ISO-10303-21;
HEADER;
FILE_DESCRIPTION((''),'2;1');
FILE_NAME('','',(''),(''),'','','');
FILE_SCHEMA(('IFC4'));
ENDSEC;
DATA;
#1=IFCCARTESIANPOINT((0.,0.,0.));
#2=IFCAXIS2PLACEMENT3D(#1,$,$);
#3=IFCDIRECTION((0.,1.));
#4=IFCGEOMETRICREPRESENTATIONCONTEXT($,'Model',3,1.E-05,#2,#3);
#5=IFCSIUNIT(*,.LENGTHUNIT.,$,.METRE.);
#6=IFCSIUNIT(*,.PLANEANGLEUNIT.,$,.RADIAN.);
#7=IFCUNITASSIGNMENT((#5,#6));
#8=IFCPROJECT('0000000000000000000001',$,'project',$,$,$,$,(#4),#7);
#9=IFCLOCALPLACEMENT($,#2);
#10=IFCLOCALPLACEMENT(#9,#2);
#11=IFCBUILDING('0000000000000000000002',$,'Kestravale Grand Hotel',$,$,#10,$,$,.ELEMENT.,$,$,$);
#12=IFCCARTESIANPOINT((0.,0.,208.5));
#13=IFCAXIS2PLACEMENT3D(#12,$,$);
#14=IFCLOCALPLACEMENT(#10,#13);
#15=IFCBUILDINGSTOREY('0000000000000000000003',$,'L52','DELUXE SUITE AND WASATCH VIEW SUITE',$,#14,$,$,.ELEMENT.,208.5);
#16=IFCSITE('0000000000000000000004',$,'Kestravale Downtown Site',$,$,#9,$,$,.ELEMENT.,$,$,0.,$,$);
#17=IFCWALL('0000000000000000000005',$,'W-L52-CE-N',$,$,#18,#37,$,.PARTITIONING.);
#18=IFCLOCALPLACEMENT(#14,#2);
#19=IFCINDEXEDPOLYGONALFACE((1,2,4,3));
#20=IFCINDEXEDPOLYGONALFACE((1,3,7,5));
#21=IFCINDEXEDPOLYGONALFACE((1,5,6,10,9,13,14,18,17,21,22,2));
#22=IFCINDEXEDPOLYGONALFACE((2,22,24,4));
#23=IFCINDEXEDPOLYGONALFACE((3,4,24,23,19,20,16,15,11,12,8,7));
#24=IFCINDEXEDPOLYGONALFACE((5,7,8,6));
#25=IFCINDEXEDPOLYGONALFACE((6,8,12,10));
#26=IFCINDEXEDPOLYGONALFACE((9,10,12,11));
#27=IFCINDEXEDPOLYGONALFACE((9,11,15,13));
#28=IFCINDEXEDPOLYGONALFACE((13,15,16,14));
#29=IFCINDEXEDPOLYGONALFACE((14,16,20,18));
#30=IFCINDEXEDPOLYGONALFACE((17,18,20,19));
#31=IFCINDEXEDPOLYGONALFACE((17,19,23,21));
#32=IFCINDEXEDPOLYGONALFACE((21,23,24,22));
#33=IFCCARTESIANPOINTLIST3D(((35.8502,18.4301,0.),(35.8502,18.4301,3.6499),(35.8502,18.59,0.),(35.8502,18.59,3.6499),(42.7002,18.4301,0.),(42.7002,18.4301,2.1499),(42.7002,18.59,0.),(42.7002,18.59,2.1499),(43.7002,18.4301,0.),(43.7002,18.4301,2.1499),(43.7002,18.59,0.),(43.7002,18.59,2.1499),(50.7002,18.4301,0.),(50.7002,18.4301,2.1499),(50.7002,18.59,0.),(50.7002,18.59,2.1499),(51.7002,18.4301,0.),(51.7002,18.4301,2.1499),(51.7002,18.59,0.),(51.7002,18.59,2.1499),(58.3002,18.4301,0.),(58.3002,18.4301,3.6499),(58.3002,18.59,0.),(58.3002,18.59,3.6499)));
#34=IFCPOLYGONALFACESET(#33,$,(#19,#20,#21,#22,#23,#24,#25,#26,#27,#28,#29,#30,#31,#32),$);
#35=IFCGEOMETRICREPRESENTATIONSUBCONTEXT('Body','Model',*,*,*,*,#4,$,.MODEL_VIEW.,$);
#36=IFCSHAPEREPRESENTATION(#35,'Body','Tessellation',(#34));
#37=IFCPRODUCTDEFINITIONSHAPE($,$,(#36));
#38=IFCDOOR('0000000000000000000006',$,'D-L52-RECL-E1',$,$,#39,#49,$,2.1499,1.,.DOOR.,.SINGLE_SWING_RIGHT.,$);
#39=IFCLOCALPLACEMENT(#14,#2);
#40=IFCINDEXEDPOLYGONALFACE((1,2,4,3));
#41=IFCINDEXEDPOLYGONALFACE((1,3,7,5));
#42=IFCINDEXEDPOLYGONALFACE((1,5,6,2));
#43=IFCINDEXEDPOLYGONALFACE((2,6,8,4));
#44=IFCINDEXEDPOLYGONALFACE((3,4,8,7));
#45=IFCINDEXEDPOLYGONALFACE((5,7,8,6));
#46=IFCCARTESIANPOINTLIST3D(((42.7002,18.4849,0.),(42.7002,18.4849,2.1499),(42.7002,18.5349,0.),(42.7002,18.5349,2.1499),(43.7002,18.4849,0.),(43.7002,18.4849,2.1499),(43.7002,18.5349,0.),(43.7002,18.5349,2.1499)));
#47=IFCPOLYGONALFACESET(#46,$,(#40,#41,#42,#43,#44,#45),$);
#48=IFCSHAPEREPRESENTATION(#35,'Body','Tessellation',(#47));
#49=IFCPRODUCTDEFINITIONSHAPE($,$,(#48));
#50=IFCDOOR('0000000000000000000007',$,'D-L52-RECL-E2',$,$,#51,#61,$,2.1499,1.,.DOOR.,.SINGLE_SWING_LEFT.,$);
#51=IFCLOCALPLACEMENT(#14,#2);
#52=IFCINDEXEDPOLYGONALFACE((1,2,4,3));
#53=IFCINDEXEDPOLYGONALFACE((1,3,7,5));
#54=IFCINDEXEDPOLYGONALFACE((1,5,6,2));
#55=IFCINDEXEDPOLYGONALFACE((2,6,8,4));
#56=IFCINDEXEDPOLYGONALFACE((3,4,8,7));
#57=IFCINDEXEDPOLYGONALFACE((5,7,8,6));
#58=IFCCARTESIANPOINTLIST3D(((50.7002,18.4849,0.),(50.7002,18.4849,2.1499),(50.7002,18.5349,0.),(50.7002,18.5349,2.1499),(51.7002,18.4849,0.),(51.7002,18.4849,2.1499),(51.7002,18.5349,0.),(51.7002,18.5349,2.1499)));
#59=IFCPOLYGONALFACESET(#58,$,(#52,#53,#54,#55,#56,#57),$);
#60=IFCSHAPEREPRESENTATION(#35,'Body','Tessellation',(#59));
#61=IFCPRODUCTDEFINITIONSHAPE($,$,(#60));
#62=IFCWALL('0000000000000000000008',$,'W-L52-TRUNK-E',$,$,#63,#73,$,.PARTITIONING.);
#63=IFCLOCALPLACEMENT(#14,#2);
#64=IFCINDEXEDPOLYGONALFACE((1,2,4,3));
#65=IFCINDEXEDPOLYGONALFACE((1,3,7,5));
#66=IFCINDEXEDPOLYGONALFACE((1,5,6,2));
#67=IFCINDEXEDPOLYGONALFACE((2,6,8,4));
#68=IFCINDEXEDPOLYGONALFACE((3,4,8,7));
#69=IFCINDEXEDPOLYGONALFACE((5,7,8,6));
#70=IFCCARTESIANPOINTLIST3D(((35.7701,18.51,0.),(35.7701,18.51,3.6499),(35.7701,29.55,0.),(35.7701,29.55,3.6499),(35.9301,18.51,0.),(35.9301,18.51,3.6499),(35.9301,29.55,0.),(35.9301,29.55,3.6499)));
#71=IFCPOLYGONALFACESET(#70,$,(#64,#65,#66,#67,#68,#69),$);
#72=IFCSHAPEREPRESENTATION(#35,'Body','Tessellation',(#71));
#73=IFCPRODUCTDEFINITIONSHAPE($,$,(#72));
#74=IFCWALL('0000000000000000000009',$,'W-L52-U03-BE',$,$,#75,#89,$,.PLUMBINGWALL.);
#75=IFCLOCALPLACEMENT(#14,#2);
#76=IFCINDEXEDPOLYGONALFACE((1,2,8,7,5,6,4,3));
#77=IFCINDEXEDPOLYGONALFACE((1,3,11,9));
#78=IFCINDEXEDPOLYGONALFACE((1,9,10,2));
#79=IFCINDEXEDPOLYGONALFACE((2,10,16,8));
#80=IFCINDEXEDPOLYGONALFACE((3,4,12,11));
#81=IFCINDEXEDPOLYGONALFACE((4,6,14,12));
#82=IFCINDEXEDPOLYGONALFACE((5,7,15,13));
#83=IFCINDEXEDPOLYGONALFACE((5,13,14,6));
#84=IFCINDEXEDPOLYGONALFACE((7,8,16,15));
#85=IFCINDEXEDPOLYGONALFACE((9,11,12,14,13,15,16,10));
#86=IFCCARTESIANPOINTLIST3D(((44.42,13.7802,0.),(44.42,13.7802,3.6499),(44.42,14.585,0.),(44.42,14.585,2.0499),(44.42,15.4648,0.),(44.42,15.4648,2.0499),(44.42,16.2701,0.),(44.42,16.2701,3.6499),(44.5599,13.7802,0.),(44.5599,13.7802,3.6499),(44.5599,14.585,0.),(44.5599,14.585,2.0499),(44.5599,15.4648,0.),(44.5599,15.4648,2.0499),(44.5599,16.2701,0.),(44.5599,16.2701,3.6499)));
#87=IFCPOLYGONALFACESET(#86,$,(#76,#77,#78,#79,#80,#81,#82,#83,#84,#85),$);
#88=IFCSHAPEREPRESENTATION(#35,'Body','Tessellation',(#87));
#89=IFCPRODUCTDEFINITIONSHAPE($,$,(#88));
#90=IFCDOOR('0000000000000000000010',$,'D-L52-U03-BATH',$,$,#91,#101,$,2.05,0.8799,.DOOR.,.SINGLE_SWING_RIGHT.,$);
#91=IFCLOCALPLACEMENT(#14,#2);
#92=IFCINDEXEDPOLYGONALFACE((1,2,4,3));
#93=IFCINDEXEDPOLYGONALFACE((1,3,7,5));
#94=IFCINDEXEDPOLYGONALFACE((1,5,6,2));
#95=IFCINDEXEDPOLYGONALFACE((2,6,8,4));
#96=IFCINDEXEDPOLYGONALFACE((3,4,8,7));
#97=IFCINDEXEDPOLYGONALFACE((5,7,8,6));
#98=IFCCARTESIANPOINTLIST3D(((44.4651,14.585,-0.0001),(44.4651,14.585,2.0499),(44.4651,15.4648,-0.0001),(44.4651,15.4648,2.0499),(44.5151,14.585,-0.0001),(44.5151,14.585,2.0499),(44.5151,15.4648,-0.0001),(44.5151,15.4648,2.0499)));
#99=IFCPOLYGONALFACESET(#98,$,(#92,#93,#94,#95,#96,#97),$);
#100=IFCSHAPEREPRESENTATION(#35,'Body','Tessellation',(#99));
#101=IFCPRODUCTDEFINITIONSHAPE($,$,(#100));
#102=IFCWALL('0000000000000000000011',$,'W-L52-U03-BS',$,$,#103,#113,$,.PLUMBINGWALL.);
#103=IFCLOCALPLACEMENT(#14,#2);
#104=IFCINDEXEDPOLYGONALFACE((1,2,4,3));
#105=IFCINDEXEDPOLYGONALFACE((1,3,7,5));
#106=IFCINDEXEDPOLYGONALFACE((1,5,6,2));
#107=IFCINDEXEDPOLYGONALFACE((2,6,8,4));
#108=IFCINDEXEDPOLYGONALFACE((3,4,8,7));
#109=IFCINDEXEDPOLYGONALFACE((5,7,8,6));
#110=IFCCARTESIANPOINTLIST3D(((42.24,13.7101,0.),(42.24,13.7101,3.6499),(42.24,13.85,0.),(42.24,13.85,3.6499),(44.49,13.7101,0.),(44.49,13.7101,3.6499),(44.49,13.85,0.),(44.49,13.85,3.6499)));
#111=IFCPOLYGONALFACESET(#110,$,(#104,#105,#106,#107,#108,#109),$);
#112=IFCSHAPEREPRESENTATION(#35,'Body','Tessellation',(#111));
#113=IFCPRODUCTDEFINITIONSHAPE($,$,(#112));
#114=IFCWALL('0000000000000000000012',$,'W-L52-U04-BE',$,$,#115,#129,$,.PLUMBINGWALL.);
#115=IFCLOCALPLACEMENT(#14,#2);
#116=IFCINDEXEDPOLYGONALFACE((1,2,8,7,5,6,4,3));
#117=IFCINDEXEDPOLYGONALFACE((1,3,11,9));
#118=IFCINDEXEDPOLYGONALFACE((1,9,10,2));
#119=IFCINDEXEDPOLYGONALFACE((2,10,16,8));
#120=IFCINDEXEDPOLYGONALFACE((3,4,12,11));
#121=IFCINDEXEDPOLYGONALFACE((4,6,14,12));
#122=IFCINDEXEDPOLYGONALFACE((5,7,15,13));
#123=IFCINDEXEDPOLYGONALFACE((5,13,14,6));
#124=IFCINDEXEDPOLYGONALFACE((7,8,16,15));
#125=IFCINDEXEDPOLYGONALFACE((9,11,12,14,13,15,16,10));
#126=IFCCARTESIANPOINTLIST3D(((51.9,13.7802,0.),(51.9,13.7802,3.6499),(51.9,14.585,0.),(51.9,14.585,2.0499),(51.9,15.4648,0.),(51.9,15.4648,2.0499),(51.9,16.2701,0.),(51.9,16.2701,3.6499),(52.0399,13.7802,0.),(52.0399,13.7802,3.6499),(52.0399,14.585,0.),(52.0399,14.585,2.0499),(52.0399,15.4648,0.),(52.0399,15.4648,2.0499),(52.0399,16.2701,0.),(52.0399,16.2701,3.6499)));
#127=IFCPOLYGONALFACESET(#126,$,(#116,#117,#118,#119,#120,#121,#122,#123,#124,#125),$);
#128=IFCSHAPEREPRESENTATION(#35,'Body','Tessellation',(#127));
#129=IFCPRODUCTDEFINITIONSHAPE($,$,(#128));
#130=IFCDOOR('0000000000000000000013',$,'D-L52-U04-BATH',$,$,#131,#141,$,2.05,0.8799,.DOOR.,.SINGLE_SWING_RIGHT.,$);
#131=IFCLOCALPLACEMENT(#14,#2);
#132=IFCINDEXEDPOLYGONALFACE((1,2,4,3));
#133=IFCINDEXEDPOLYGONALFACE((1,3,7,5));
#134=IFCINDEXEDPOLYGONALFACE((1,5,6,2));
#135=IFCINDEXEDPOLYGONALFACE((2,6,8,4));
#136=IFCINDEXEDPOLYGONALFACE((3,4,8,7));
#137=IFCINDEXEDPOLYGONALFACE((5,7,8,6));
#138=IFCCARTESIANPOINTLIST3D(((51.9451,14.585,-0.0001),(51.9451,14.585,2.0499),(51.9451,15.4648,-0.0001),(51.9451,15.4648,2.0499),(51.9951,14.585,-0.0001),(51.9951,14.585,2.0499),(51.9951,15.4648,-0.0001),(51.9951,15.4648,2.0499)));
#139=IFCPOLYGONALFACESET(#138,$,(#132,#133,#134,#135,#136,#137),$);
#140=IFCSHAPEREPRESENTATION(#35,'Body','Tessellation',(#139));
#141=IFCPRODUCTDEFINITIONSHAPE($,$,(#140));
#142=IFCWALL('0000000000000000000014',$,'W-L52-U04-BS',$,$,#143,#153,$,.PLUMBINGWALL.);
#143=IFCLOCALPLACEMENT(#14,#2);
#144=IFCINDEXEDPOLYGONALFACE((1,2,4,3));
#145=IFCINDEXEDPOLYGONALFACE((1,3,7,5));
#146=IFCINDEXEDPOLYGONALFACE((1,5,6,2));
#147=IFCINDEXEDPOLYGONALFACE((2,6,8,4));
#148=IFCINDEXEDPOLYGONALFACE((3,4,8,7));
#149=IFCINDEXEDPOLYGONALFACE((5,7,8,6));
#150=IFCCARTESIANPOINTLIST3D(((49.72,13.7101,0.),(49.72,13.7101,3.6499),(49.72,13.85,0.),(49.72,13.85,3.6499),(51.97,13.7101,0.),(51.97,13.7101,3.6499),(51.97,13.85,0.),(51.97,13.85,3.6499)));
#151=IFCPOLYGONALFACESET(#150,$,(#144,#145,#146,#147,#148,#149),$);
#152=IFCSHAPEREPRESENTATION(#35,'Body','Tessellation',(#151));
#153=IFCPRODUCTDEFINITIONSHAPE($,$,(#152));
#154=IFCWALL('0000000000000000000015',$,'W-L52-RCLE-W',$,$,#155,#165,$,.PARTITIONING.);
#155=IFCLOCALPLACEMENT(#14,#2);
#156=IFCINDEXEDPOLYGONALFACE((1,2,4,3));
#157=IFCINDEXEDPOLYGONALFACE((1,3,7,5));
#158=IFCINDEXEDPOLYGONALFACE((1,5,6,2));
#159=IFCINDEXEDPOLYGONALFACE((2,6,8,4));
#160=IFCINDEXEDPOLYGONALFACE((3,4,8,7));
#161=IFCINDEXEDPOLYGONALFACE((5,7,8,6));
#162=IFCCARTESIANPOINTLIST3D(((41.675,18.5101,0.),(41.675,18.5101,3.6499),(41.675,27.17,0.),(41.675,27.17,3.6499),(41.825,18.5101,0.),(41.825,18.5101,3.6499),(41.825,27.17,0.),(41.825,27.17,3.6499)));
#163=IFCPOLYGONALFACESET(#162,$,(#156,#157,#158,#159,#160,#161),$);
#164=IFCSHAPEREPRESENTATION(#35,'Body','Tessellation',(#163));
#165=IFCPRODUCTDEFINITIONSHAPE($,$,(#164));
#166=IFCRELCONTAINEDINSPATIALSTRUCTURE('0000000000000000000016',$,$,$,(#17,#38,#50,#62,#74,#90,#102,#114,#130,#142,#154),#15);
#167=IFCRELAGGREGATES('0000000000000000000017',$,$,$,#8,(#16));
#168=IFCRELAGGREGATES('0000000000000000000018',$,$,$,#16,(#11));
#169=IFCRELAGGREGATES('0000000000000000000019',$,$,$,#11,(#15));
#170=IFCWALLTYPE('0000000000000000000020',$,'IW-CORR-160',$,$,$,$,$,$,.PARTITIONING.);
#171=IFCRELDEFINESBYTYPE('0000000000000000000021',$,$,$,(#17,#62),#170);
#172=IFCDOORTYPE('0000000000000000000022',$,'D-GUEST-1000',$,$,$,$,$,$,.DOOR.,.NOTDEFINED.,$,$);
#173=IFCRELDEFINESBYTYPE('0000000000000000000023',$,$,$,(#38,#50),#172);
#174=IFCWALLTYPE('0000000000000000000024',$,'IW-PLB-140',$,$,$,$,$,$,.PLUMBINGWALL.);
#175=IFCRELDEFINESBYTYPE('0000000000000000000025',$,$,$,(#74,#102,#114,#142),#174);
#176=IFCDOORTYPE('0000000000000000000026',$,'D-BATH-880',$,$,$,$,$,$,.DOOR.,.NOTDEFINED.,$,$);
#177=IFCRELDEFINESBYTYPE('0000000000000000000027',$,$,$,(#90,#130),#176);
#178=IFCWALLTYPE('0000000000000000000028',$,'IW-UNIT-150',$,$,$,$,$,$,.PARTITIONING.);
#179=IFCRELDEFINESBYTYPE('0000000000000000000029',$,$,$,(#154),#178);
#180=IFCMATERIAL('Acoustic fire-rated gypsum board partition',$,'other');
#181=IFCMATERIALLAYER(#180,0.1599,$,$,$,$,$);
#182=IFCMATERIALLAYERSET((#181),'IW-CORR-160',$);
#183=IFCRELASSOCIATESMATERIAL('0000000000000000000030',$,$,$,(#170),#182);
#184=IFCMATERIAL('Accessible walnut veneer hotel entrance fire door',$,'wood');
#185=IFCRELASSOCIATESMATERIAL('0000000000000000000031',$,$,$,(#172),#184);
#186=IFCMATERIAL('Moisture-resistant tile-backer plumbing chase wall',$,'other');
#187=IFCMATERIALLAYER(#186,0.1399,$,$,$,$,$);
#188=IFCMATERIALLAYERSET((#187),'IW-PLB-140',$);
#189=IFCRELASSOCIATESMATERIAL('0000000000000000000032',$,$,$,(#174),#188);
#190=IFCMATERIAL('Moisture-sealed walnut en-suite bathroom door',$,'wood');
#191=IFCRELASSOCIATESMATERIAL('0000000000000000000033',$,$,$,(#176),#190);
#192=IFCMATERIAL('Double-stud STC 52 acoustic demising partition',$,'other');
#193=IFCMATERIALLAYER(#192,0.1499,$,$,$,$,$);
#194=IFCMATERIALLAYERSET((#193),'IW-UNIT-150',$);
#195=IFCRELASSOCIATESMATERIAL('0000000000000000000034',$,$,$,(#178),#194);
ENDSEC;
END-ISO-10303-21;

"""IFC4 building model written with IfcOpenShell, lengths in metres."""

from ifc_helpers import new_model, si_unit, direction, frame, frame_2d, origin, place, context, subcontext, project, spatial, rectangle, extrude, material, layer, layer_set, type_object, element, fill, save


model = new_model("IFC4")

# Units and contexts
model_context = context("Model", 3, precision=1e-05, world=origin(), true_north=direction((0.0, 1.0)))
body_context = subcontext(model_context, "Body", "Model", "MODEL_VIEW")
ifc_project = project(units=[si_unit("LENGTHUNIT", "METRE"), si_unit("PLANEANGLEUNIT", "RADIAN")], contexts=[model_context])

# Site, building, storey
site_placement = place(None, origin())
site = spatial("IfcSite", under=ifc_project, at=site_placement, Name="Kestravale Downtown Site", CompositionType="ELEMENT", RefElevation=0.0)
building_placement = place(site_placement, origin())
building = spatial("IfcBuilding", under=site, at=building_placement, Name="Kestravale Grand Hotel", CompositionType="ELEMENT")
storey_placement = place(building_placement, frame((0.0, 0.0, 208.5)))
storey = spatial("IfcBuildingStorey", under=building, at=storey_placement, Name="L52", Description="DELUXE SUITE AND WASATCH VIEW SUITE", CompositionType="ELEMENT", Elevation=208.5)

# Wall, openings, doors
ifc_material_1 = material(Name="Acoustic fire-rated gypsum board partition", Category="other")
ifc_layer_1 = layer(ifc_material_1, 0.1599)
ifc_layer_set_1 = layer_set([ifc_layer_1], Name="IW-CORR-160")
wall_type_1 = type_object("IfcWallType", Name="IW-CORR-160", PredefinedType="PARTITIONING", material=ifc_layer_set_1)
wall_1_placement = place(storey_placement, frame((35.8501, 18.51, 0.0), z_axis=(0.0, 0.0, 1.0), x_axis=(1.0, 0.0, 0.0)))
wall_1 = element("IfcWall", 1, at=wall_1_placement, inside=storey, type_object=wall_type_1, Name="W-L52-CE-N", PredefinedType="PARTITIONING", context=body_context, shape_type="SweptSolid", body=[
    extrude(rectangle(XDim=22.45, YDim=0.1599, at=frame_2d((11.2251, 0.0))), origin(), (0.0, 0.0, 1.0), 3.6499),
])
opening_1_placement = place(wall_1_placement, frame((6.8501, 0.0, 0.0)))
opening_1 = element("IfcOpeningElement", 2, at=opening_1_placement, cuts=wall_1, PredefinedType="OPENING", context=body_context, shape_type="SweptSolid", body=[
    extrude(rectangle(XDim=1.0, YDim=2.1499, at=frame_2d((0.5, 1.075))), frame((0.0, 0.0898, 0.0), z_axis=(0.0, -1.0, 0.0), x_axis=(1.0, 0.0, 0.0)), (0.0, 0.0, 1.0), 0.1799),
])
opening_2_placement = place(wall_1_placement, frame((14.8501, 0.0, 0.0)))
opening_2 = element("IfcOpeningElement", 3, at=opening_2_placement, cuts=wall_1, PredefinedType="OPENING", context=body_context, shape_type="SweptSolid", body=[
    extrude(rectangle(XDim=1.0, YDim=2.1499, at=frame_2d((0.5, 1.075))), frame((0.0, 0.0898, 0.0), z_axis=(0.0, -1.0, 0.0), x_axis=(1.0, 0.0, 0.0)), (0.0, 0.0, 1.0), 0.1799),
])
ifc_material_2 = material(Name="Accessible walnut veneer hotel entrance fire door", Category="wood")
door_type_1 = type_object("IfcDoorType", Name="D-GUEST-1000", OperationType="NOTDEFINED", PredefinedType="DOOR", material=ifc_material_2)
door_1_placement = place(opening_1_placement, origin())
door_1 = element("IfcDoor", 4, at=door_1_placement, inside=storey, type_object=door_type_1, Name="D-L52-RECL-E1", OperationType="SINGLE_SWING_RIGHT", OverallHeight=2.1499, OverallWidth=1.0, PredefinedType="DOOR", context=body_context, shape_type="SweptSolid", body=[
    extrude(rectangle(XDim=1.0, YDim=2.1499, at=frame_2d((0.5, 1.075))), frame((0.0, 0.0249, 0.0), z_axis=(0.0, -1.0, 0.0), x_axis=(1.0, 0.0, 0.0)), (0.0, 0.0, 1.0), 0.05),
])
fill(opening_1, door_1)
door_2_placement = place(opening_2_placement, origin())
door_2 = element("IfcDoor", 5, at=door_2_placement, inside=storey, type_object=door_type_1, Name="D-L52-RECL-E2", OperationType="SINGLE_SWING_LEFT", OverallHeight=2.1499, OverallWidth=1.0, PredefinedType="DOOR", context=body_context, shape_type="SweptSolid", body=[
    extrude(rectangle(XDim=1.0, YDim=2.1499, at=frame_2d((0.5, 1.075))), frame((0.0, 0.0249, 0.0), z_axis=(0.0, -1.0, 0.0), x_axis=(1.0, 0.0, 0.0)), (0.0, 0.0, 1.0), 0.05),
])
fill(opening_2, door_2)

# Wall
wall_2_placement = place(storey_placement, frame((35.8501, 18.51, 0.0), z_axis=(0.0, 0.0, 1.0), x_axis=(0.0, 1.0, 0.0)))
element("IfcWall", 6, at=wall_2_placement, inside=storey, type_object=wall_type_1, Name="W-L52-TRUNK-E", PredefinedType="PARTITIONING", context=body_context, shape_type="SweptSolid", body=[
    extrude(rectangle(XDim=11.04, YDim=0.1599, at=frame_2d((5.52, 0.0))), origin(), (0.0, 0.0, 1.0), 3.6499),
])

# Wall, opening, door
ifc_material_3 = material(Name="Moisture-resistant tile-backer plumbing chase wall", Category="other")
ifc_layer_2 = layer(ifc_material_3, 0.1399)
ifc_layer_set_2 = layer_set([ifc_layer_2], Name="IW-PLB-140")
wall_type_2 = type_object("IfcWallType", Name="IW-PLB-140", PredefinedType="PLUMBINGWALL", material=ifc_layer_set_2)
wall_3_placement = place(storey_placement, frame((44.49, 13.78, 0.0), z_axis=(0.0, 0.0, 1.0), x_axis=(0.0, 1.0, 0.0)))
wall_3 = element("IfcWall", 7, at=wall_3_placement, inside=storey, type_object=wall_type_2, Name="W-L52-U03-BE", PredefinedType="PLUMBINGWALL", context=body_context, shape_type="SweptSolid", body=[
    extrude(rectangle(XDim=2.49, YDim=0.1399, at=frame_2d((1.2451, 0.0))), origin(), (0.0, 0.0, 1.0), 3.6499),
])
opening_3_placement = place(wall_3_placement, frame((0.8049, 0.0, 0.0)))
opening_3 = element("IfcOpeningElement", 8, at=opening_3_placement, cuts=wall_3, PredefinedType="OPENING", context=body_context, shape_type="SweptSolid", body=[
    extrude(rectangle(XDim=0.8799, YDim=2.05, at=frame_2d((0.4399, 1.0249))), frame((0.0, 0.0798, 0.0), z_axis=(0.0, -1.0, 0.0), x_axis=(1.0, 0.0, 0.0)), (0.0, 0.0, 1.0), 0.1599),
])
ifc_material_4 = material(Name="Moisture-sealed walnut en-suite bathroom door", Category="wood")
door_type_2 = type_object("IfcDoorType", Name="D-BATH-880", OperationType="NOTDEFINED", PredefinedType="DOOR", material=ifc_material_4)
door_3_placement = place(opening_3_placement, origin())
door_3 = element("IfcDoor", 9, at=door_3_placement, inside=storey, type_object=door_type_2, Name="D-L52-U03-BATH", OperationType="SINGLE_SWING_RIGHT", OverallHeight=2.05, OverallWidth=0.8799, PredefinedType="DOOR", context=body_context, shape_type="SweptSolid", body=[
    extrude(rectangle(XDim=0.8799, YDim=2.05, at=frame_2d((0.4399, 1.0249))), frame((0.0, 0.0249, 0.0), z_axis=(0.0, -1.0, 0.0), x_axis=(1.0, 0.0, 0.0)), (0.0, 0.0, 1.0), 0.05),
])
fill(opening_3, door_3)

# Wall
wall_4_placement = place(storey_placement, frame((42.24, 13.78, 0.0), z_axis=(0.0, 0.0, 1.0), x_axis=(1.0, 0.0, 0.0)))
element("IfcWall", 10, at=wall_4_placement, inside=storey, type_object=wall_type_2, Name="W-L52-U03-BS", PredefinedType="PLUMBINGWALL", context=body_context, shape_type="SweptSolid", body=[
    extrude(rectangle(XDim=2.25, YDim=0.1399, at=frame_2d((1.125, 0.0))), origin(), (0.0, 0.0, 1.0), 3.6499),
])

# Wall, opening, door
wall_5_placement = place(storey_placement, frame((51.97, 13.78, 0.0), z_axis=(0.0, 0.0, 1.0), x_axis=(0.0, 1.0, 0.0)))
wall_5 = element("IfcWall", 11, at=wall_5_placement, inside=storey, type_object=wall_type_2, Name="W-L52-U04-BE", PredefinedType="PLUMBINGWALL", context=body_context, shape_type="SweptSolid", body=[
    extrude(rectangle(XDim=2.49, YDim=0.1399, at=frame_2d((1.2451, 0.0))), origin(), (0.0, 0.0, 1.0), 3.6499),
])
opening_4_placement = place(wall_5_placement, frame((0.8049, 0.0, 0.0)))
opening_4 = element("IfcOpeningElement", 12, at=opening_4_placement, cuts=wall_5, PredefinedType="OPENING", context=body_context, shape_type="SweptSolid", body=[
    extrude(rectangle(XDim=0.8799, YDim=2.05, at=frame_2d((0.4399, 1.0249))), frame((0.0, 0.0798, 0.0), z_axis=(0.0, -1.0, 0.0), x_axis=(1.0, 0.0, 0.0)), (0.0, 0.0, 1.0), 0.1599),
])
door_4_placement = place(opening_4_placement, origin())
door_4 = element("IfcDoor", 13, at=door_4_placement, inside=storey, type_object=door_type_2, Name="D-L52-U04-BATH", OperationType="SINGLE_SWING_RIGHT", OverallHeight=2.05, OverallWidth=0.8799, PredefinedType="DOOR", context=body_context, shape_type="SweptSolid", body=[
    extrude(rectangle(XDim=0.8799, YDim=2.05, at=frame_2d((0.4399, 1.0249))), frame((0.0, 0.0249, 0.0), z_axis=(0.0, -1.0, 0.0), x_axis=(1.0, 0.0, 0.0)), (0.0, 0.0, 1.0), 0.05),
])
fill(opening_4, door_4)

# Walls
wall_6_placement = place(storey_placement, frame((49.72, 13.78, 0.0), z_axis=(0.0, 0.0, 1.0), x_axis=(1.0, 0.0, 0.0)))
element("IfcWall", 14, at=wall_6_placement, inside=storey, type_object=wall_type_2, Name="W-L52-U04-BS", PredefinedType="PLUMBINGWALL", context=body_context, shape_type="SweptSolid", body=[
    extrude(rectangle(XDim=2.25, YDim=0.1399, at=frame_2d((1.125, 0.0))), origin(), (0.0, 0.0, 1.0), 3.6499),
])
ifc_material_5 = material(Name="Double-stud STC 52 acoustic demising partition", Category="other")
ifc_layer_3 = layer(ifc_material_5, 0.1499)
ifc_layer_set_3 = layer_set([ifc_layer_3], Name="IW-UNIT-150")
wall_type_3 = type_object("IfcWallType", Name="IW-UNIT-150", PredefinedType="PARTITIONING", material=ifc_layer_set_3)
wall_7_placement = place(storey_placement, frame((41.75, 18.51, 0.0), z_axis=(0.0, 0.0, 1.0), x_axis=(0.0, 1.0, 0.0)))
element("IfcWall", 15, at=wall_7_placement, inside=storey, type_object=wall_type_3, Name="W-L52-RCLE-W", PredefinedType="PARTITIONING", context=body_context, shape_type="SweptSolid", body=[
    extrude(rectangle(XDim=8.6599, YDim=0.1499, at=frame_2d((4.3301, 0.0))), origin(), (0.0, 0.0, 1.0), 3.6499),
])

save(model, "model.ifc")
